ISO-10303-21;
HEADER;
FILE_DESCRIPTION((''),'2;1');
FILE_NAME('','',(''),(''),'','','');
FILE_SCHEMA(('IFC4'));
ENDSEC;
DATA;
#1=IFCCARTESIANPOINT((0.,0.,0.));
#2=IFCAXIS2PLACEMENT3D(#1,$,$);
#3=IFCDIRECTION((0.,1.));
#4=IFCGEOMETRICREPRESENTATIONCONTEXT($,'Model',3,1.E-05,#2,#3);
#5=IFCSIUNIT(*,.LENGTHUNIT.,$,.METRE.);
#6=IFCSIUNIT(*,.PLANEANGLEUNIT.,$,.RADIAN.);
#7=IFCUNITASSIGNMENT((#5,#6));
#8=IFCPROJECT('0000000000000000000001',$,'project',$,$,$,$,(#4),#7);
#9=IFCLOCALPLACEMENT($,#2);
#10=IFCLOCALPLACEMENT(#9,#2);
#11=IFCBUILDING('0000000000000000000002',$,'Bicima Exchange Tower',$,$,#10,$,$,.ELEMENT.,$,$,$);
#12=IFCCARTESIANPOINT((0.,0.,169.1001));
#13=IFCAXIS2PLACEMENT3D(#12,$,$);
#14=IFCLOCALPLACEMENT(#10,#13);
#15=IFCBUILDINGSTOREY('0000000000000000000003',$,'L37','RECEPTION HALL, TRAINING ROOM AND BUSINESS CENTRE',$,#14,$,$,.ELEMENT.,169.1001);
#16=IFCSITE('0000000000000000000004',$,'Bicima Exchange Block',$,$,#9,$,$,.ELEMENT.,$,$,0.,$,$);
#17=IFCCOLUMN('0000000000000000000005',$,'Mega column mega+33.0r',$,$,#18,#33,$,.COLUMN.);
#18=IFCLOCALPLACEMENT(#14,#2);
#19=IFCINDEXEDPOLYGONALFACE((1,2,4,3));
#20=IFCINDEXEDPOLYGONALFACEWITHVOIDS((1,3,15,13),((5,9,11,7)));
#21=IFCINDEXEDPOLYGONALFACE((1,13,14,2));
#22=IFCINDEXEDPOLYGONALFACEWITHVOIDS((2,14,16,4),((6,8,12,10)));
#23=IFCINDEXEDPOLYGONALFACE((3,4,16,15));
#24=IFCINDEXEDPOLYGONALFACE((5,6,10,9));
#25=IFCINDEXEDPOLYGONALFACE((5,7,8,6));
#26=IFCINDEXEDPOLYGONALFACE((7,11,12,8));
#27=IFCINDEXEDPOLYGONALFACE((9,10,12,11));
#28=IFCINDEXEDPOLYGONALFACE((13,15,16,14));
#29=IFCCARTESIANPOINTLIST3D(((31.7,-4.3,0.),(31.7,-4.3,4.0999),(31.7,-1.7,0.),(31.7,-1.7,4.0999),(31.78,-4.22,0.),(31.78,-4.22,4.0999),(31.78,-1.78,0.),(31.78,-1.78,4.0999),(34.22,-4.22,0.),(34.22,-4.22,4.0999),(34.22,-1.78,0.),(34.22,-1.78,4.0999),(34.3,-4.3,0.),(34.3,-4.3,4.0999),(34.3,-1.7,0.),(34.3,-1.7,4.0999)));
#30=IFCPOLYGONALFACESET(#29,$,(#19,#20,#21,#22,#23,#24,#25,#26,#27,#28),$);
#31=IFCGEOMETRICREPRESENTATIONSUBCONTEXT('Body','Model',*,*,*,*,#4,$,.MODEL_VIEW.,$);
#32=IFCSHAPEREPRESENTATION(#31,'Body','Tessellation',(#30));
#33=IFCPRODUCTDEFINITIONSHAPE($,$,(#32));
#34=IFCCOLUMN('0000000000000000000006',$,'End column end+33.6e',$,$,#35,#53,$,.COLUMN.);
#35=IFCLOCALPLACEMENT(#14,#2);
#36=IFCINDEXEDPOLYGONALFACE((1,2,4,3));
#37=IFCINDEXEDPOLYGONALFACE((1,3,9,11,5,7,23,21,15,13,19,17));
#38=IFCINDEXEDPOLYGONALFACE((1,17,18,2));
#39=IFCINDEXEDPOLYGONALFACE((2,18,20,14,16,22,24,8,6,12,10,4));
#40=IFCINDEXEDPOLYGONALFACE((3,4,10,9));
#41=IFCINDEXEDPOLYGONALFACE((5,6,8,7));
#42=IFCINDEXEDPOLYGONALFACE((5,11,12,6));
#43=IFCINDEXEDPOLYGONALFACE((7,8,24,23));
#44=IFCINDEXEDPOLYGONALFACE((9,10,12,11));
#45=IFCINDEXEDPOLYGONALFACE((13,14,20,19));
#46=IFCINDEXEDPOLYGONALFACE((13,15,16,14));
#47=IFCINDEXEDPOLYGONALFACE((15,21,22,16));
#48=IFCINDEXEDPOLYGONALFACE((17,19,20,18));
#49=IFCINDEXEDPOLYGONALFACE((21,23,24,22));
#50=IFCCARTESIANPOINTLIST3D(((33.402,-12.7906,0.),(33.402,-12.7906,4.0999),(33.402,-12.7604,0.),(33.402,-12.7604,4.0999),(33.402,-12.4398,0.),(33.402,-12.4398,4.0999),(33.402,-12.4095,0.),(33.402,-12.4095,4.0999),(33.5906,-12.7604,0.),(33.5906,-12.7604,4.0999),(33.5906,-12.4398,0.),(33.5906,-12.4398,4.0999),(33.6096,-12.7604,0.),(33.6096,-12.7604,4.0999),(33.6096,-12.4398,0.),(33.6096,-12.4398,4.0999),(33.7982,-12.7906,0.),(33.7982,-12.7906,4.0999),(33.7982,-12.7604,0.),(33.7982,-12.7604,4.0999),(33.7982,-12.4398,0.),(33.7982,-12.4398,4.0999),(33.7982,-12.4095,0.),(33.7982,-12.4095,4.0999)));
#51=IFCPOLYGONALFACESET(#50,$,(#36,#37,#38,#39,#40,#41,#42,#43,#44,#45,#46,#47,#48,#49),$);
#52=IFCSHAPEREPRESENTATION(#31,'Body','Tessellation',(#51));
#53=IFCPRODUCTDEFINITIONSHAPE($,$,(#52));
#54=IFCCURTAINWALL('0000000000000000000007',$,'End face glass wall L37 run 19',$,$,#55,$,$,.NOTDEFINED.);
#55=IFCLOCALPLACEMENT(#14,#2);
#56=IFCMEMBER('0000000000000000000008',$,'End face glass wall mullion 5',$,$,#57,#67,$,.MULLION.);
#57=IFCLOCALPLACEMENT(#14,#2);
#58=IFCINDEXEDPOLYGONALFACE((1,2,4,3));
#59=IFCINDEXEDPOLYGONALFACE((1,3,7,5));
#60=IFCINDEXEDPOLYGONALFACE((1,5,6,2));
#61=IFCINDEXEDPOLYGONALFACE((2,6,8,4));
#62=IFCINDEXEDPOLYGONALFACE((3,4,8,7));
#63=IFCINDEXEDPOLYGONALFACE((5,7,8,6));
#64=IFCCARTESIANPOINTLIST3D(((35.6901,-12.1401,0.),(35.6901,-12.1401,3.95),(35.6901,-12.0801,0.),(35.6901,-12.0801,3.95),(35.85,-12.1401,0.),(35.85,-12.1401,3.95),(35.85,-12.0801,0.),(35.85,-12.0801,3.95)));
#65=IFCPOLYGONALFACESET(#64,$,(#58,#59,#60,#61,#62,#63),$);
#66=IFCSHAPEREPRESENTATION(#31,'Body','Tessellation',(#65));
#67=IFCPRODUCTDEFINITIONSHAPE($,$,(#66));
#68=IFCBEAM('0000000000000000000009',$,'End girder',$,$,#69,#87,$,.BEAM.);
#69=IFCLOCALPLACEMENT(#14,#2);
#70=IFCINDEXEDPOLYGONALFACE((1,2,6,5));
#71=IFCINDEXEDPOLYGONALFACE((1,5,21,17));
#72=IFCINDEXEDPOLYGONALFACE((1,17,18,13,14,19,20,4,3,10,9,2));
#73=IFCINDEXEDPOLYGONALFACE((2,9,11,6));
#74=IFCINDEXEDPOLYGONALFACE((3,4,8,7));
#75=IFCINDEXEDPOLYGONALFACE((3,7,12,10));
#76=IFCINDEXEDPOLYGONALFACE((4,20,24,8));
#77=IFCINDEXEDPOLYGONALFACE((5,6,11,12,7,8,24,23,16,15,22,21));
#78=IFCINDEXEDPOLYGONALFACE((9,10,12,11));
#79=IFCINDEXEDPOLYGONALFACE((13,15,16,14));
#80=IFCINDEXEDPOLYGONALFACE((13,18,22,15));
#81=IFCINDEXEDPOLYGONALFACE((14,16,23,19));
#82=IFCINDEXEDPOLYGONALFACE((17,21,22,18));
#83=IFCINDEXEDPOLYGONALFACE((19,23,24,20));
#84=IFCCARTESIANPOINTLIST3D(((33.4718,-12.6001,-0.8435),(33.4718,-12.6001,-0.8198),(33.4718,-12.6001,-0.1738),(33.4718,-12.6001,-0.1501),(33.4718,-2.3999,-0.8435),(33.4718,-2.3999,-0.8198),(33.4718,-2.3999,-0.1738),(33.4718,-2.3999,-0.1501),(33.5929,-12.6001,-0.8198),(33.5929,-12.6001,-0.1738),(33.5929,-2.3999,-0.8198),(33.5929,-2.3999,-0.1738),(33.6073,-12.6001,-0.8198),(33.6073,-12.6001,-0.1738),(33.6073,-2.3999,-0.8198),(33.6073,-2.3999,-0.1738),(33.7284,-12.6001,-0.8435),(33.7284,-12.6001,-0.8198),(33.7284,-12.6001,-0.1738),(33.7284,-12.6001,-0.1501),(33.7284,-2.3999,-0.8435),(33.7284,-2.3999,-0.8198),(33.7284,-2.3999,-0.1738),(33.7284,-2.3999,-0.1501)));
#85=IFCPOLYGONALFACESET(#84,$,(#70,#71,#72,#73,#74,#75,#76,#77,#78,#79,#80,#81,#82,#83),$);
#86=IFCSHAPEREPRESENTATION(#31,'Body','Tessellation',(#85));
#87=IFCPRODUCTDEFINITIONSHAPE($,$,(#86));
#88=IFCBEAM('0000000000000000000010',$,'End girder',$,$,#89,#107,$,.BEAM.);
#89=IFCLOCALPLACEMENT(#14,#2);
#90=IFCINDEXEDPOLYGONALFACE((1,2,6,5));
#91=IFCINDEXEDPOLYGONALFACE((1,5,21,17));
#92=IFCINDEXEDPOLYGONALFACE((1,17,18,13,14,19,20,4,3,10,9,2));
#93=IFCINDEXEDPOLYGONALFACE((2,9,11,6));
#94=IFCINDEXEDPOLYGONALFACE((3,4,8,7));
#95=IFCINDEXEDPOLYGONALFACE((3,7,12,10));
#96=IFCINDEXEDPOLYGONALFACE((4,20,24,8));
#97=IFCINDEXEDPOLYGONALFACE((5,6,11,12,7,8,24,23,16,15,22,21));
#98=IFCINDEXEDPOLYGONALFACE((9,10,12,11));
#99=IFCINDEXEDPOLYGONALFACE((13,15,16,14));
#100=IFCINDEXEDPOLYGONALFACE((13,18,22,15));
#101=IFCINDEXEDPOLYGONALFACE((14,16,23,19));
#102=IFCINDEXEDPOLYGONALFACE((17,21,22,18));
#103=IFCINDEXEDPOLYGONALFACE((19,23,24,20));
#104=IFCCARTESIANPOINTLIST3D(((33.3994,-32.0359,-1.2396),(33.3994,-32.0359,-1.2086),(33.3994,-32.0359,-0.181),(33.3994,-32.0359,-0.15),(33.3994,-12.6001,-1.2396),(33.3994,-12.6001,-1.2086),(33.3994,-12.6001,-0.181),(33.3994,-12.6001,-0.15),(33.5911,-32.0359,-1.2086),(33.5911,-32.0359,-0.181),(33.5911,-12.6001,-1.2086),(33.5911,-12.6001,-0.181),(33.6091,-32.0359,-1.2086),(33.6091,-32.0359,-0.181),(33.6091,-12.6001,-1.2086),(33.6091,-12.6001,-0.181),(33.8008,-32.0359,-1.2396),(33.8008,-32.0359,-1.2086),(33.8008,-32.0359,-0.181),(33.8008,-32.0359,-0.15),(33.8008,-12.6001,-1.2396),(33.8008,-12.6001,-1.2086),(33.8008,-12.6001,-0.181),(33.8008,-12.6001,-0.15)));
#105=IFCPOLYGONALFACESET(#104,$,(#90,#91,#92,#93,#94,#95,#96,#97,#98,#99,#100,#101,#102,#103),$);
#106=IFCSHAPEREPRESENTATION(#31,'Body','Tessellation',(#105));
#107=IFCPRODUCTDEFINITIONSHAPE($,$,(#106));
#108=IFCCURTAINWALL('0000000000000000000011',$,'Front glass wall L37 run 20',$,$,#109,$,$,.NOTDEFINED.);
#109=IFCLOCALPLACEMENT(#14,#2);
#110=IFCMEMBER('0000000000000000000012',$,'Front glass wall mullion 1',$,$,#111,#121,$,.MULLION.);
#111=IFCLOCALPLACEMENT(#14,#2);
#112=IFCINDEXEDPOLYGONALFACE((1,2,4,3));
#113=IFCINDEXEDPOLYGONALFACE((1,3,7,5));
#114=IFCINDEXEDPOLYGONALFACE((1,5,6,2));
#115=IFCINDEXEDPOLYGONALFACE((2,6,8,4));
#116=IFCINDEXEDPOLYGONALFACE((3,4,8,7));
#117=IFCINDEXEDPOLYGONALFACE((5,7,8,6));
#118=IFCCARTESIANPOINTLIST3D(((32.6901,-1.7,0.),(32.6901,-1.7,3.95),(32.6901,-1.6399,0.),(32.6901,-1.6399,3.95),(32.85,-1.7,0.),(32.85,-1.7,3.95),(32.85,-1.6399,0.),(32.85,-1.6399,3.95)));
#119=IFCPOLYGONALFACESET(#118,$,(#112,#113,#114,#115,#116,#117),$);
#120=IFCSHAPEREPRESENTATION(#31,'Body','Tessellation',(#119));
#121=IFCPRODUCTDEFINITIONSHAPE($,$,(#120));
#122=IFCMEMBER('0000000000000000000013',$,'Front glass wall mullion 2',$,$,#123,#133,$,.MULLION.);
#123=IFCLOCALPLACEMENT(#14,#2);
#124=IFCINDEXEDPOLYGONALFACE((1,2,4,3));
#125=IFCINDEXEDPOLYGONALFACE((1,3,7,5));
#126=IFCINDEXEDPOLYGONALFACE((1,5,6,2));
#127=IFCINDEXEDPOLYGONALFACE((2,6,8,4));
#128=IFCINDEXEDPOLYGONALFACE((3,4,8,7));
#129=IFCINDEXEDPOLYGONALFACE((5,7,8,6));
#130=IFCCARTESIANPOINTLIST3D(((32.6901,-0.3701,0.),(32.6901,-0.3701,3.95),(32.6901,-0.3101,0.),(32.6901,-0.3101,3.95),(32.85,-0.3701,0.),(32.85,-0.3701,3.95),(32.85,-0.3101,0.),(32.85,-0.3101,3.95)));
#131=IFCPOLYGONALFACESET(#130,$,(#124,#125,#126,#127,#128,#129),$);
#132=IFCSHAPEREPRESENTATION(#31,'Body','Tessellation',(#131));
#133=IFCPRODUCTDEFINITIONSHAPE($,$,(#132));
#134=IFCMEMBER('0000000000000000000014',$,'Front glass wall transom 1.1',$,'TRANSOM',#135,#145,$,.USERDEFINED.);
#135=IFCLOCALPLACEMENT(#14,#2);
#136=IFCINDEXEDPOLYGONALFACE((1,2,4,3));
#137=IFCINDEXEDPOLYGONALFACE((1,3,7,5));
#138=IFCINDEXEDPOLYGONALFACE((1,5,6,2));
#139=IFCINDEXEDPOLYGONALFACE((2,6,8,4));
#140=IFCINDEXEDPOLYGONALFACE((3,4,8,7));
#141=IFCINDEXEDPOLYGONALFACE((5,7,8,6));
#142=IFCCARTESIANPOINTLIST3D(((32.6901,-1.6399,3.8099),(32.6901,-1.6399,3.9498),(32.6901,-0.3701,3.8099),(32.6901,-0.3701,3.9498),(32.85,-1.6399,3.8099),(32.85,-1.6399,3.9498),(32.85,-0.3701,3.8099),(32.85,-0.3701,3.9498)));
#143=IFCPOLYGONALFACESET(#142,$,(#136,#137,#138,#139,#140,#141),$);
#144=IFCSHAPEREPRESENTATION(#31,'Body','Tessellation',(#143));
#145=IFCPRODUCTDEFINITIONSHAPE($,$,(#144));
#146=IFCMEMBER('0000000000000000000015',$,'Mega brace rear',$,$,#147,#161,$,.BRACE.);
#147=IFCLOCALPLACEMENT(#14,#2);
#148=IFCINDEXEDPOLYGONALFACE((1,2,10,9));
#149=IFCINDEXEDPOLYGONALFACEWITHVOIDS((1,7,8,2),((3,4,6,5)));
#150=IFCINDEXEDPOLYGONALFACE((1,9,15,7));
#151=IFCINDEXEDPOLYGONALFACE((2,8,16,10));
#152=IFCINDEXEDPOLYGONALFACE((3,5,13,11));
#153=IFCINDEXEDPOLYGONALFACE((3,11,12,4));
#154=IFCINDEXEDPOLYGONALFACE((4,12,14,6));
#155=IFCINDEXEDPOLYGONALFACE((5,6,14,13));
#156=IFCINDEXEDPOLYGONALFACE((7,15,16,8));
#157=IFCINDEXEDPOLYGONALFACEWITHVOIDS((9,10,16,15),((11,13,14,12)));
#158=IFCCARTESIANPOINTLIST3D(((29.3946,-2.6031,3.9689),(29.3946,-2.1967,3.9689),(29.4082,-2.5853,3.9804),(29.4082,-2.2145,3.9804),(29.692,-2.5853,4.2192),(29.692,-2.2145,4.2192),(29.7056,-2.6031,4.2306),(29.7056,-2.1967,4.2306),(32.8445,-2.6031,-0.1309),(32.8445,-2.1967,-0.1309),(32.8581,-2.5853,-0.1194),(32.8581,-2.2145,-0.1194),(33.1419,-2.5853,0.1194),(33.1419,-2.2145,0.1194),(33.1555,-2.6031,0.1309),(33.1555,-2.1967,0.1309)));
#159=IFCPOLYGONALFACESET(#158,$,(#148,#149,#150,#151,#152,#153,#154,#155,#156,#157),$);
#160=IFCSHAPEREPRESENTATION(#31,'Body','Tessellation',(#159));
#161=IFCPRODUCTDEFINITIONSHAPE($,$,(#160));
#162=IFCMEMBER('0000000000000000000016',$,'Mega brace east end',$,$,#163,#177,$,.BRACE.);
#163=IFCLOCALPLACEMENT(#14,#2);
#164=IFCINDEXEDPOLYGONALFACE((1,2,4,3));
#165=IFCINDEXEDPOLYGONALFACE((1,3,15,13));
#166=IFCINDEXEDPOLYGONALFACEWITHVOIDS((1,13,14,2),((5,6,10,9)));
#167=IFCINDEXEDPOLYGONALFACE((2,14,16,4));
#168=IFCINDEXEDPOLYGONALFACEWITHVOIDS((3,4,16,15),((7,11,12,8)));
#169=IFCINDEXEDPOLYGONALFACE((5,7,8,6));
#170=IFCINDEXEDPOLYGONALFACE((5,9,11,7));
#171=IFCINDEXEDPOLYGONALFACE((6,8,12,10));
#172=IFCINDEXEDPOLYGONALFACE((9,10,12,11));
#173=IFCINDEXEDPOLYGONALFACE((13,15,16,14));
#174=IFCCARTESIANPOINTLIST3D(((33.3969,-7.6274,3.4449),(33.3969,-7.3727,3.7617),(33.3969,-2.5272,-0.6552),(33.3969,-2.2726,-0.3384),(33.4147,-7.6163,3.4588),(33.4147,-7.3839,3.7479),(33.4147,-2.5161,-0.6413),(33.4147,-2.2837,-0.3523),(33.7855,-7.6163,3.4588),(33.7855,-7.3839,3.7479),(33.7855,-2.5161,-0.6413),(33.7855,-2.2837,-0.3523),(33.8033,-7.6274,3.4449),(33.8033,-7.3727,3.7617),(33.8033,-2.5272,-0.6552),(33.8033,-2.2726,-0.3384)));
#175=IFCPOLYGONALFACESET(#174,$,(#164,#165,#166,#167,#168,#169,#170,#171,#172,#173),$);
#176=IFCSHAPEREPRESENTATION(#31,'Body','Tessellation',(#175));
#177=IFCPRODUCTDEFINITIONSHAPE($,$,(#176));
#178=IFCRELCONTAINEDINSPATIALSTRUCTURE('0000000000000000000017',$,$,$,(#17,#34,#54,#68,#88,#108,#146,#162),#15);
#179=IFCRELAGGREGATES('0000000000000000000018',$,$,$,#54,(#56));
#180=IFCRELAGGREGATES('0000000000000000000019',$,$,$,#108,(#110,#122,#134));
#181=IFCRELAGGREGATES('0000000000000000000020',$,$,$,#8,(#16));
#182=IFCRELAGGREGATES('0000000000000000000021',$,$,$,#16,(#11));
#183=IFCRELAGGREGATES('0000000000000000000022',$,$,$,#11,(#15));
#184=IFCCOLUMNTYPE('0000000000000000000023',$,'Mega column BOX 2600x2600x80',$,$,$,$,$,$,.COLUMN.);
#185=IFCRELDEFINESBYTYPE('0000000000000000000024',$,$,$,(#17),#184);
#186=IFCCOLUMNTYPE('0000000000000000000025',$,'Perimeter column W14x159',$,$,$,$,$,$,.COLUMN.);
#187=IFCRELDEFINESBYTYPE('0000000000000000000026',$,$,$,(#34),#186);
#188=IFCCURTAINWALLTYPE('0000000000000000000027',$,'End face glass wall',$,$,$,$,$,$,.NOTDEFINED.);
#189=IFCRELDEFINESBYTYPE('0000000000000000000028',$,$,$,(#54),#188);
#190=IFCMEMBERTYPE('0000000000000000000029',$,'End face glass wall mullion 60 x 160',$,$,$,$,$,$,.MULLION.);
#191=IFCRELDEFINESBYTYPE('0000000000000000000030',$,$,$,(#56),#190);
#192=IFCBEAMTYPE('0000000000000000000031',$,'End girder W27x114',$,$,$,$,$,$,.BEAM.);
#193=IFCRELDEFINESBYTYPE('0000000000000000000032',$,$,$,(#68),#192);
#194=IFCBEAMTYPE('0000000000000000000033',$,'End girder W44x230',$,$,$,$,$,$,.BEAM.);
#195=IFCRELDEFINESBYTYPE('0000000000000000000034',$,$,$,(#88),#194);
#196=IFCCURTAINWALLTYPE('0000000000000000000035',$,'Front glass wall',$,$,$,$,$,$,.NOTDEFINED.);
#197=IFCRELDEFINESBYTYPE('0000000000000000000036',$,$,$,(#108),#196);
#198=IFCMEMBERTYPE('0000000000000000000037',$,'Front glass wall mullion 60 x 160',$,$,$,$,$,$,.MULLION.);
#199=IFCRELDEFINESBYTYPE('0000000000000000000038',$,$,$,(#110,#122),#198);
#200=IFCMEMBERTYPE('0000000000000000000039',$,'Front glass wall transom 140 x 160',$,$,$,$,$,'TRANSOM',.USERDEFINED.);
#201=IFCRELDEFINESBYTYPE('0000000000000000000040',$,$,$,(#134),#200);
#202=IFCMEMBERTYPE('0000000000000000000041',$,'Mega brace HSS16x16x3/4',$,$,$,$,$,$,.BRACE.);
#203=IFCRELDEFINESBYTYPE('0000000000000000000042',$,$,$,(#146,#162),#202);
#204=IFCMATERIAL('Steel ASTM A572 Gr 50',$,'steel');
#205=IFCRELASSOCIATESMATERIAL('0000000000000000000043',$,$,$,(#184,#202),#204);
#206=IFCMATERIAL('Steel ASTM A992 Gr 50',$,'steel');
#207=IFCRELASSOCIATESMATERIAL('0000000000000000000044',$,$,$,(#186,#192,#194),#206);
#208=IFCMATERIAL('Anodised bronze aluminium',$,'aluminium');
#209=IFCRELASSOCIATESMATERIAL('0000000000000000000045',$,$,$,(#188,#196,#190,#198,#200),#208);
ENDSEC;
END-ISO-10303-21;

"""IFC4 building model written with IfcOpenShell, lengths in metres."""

from ifc_helpers import new_model, si_unit, direction, frame, origin, origin_2d, place, context, subcontext, project, spatial, rectangle, hollow_rectangle, i_section, extrude, material, material_profile, profile_set, type_object, element, aggregate, save


model = new_model("IFC4")

# Units and contexts
model_context = context("Model", 3, precision=1e-05, world=origin(), true_north=direction((0.0, 1.0)))
body_context = subcontext(model_context, "Body", "Model", "MODEL_VIEW")
ifc_project = project(units=[si_unit("LENGTHUNIT", "METRE"), si_unit("PLANEANGLEUNIT", "RADIAN")], contexts=[model_context])

# Site, building, storey
site_placement = place(None, origin())
site = spatial("IfcSite", under=ifc_project, at=site_placement, Name="Bicima Exchange Block", CompositionType="ELEMENT", RefElevation=0.0)
building_placement = place(site_placement, origin())
building = spatial("IfcBuilding", under=site, at=building_placement, Name="Bicima Exchange Tower", CompositionType="ELEMENT")
storey_placement = place(building_placement, frame((0.0, 0.0, 169.1001)))
storey = spatial("IfcBuildingStorey", under=building, at=storey_placement, Name="L37", Description="RECEPTION HALL, TRAINING ROOM AND BUSINESS CENTRE", CompositionType="ELEMENT", Elevation=169.1001)

# Columns
ifc_material_1 = material(Name="Steel ASTM A572 Gr 50", Category="steel")
ifc_material_profile_1 = material_profile(ifc_material_1, hollow_rectangle(XDim=2.6001, YDim=2.6001, WallThickness=0.0801, at=origin_2d()))
ifc_profile_set_1 = profile_set([ifc_material_profile_1], Name="Steel ASTM A572 Gr 50")
column_type_1 = type_object("IfcColumnType", Name="Mega column BOX 2600x2600x80", PredefinedType="COLUMN", material=ifc_profile_set_1)
column_1_placement = place(storey_placement, frame((33.0, -3.0, 0.0), z_axis=(0.0, 0.0, 1.0), x_axis=(1.0, 0.0, 0.0)))
element("IfcColumn", 1, at=column_1_placement, inside=storey, type_object=column_type_1, Name="Mega column mega+33.0r", PredefinedType="COLUMN", context=body_context, shape_type="SweptSolid", body=[
    extrude(hollow_rectangle(XDim=2.6001, YDim=2.6001, WallThickness=0.0801, at=origin_2d()), origin(), (0.0, 0.0, 1.0), 4.0999),
])
ifc_material_2 = material(Name="Steel ASTM A992 Gr 50", Category="steel")
ifc_material_profile_2 = material_profile(ifc_material_2, i_section(OverallWidth=0.3962, OverallDepth=0.3811, WebThickness=0.019, FlangeThickness=0.0303, at=origin_2d()))
ifc_profile_set_2 = profile_set([ifc_material_profile_2], Name="Steel ASTM A992 Gr 50")
column_type_2 = type_object("IfcColumnType", Name="Perimeter column W14x159", PredefinedType="COLUMN", material=ifc_profile_set_2)
column_2_placement = place(storey_placement, frame((33.6001, -12.6001, 0.0), z_axis=(0.0, 0.0, 1.0), x_axis=(1.0, 0.0, 0.0)))
element("IfcColumn", 2, at=column_2_placement, inside=storey, type_object=column_type_2, Name="End column end+33.6e", PredefinedType="COLUMN", context=body_context, shape_type="SweptSolid", body=[
    extrude(i_section(OverallWidth=0.3962, OverallDepth=0.3811, WebThickness=0.019, FlangeThickness=0.0303, at=origin_2d()), origin(), (0.0, 0.0, 1.0), 4.0999),
])

# Curtain wall, member
ifc_material_3 = material(Name="Anodised bronze aluminium", Category="aluminium")
curtain_wall_type_1 = type_object("IfcCurtainWallType", Name="End face glass wall", PredefinedType="NOTDEFINED", material=ifc_material_3)
curtain_wall_1_placement = place(storey_placement, origin())
curtain_wall_1 = element("IfcCurtainWall", 3, at=curtain_wall_1_placement, inside=storey, type_object=curtain_wall_type_1, Name="End face glass wall L37 run 19", PredefinedType="NOTDEFINED")
ifc_material_profile_3 = material_profile(ifc_material_3, rectangle(XDim=0.1599, YDim=0.0601, at=origin_2d()))
ifc_profile_set_3 = profile_set([ifc_material_profile_3], Name="Anodised bronze aluminium")
member_type_1 = type_object("IfcMemberType", Name="End face glass wall mullion 60 x 160", PredefinedType="MULLION", material=ifc_profile_set_3)
member_1_placement = place(storey_placement, frame((35.77, -12.1101, 0.0), z_axis=(0.0, 0.0, 1.0), x_axis=(-1.0, 0.0, 0.0)))
member_1 = element("IfcMember", 4, at=member_1_placement, type_object=member_type_1, Name="End face glass wall mullion 5", PredefinedType="MULLION", context=body_context, shape_type="SweptSolid", body=[
    extrude(rectangle(XDim=0.1599, YDim=0.0601, at=origin_2d()), origin(), (0.0, 0.0, 1.0), 3.95),
])
aggregate(curtain_wall_1, [member_1])

# Beams
ifc_material_profile_4 = material_profile(ifc_material_2, i_section(OverallWidth=0.2566, OverallDepth=0.6934, WebThickness=0.0144, FlangeThickness=0.0237, at=origin_2d()))
ifc_profile_set_4 = profile_set([ifc_material_profile_4], Name="Steel ASTM A992 Gr 50")
beam_type_1 = type_object("IfcBeamType", Name="End girder W27x114", PredefinedType="BEAM", material=ifc_profile_set_4)
beam_1_placement = place(storey_placement, frame((33.6001, -2.3999, -0.4968), z_axis=(0.0, -1.0, 0.0), x_axis=(1.0, 0.0, 0.0)))
element("IfcBeam", 5, at=beam_1_placement, inside=storey, type_object=beam_type_1, Name="End girder", PredefinedType="BEAM", context=body_context, shape_type="SweptSolid", body=[
    extrude(i_section(OverallWidth=0.2566, OverallDepth=0.6934, WebThickness=0.0144, FlangeThickness=0.0237, at=origin_2d()), origin(), (0.0, 0.0, 1.0), 10.2002),
])
ifc_material_profile_5 = material_profile(ifc_material_2, i_section(OverallWidth=0.4014, OverallDepth=1.0896, WebThickness=0.0181, FlangeThickness=0.031, at=origin_2d()))
ifc_profile_set_5 = profile_set([ifc_material_profile_5], Name="Steel ASTM A992 Gr 50")
beam_type_2 = type_object("IfcBeamType", Name="End girder W44x230", PredefinedType="BEAM", material=ifc_profile_set_5)
beam_2_placement = place(storey_placement, frame((33.6001, -12.6001, -0.6948), z_axis=(0.0, -1.0, 0.0), x_axis=(1.0, 0.0, 0.0)))
element("IfcBeam", 6, at=beam_2_placement, inside=storey, type_object=beam_type_2, Name="End girder", PredefinedType="BEAM", context=body_context, shape_type="SweptSolid", body=[
    extrude(i_section(OverallWidth=0.4014, OverallDepth=1.0896, WebThickness=0.0181, FlangeThickness=0.031, at=origin_2d()), origin(), (0.0, 0.0, 1.0), 19.4358),
])

# Curtain wall, members
curtain_wall_type_2 = type_object("IfcCurtainWallType", Name="Front glass wall", PredefinedType="NOTDEFINED", material=ifc_material_3)
curtain_wall_2_placement = place(storey_placement, origin())
curtain_wall_2 = element("IfcCurtainWall", 7, at=curtain_wall_2_placement, inside=storey, type_object=curtain_wall_type_2, Name="Front glass wall L37 run 20", PredefinedType="NOTDEFINED")
member_type_2 = type_object("IfcMemberType", Name="Front glass wall mullion 60 x 160", PredefinedType="MULLION", material=ifc_profile_set_3)
member_2_placement = place(storey_placement, frame((32.77, -1.6699, 0.0), z_axis=(0.0, 0.0, 1.0), x_axis=(-1.0, 0.0, 0.0)))
member_2 = element("IfcMember", 8, at=member_2_placement, type_object=member_type_2, Name="Front glass wall mullion 1", PredefinedType="MULLION", context=body_context, shape_type="SweptSolid", body=[
    extrude(rectangle(XDim=0.1599, YDim=0.0601, at=origin_2d()), origin(), (0.0, 0.0, 1.0), 3.95),
])
member_3_placement = place(storey_placement, frame((32.77, -0.3401, 0.0), z_axis=(0.0, 0.0, 1.0), x_axis=(-1.0, 0.0, 0.0)))
member_3 = element("IfcMember", 9, at=member_3_placement, type_object=member_type_2, Name="Front glass wall mullion 2", PredefinedType="MULLION", context=body_context, shape_type="SweptSolid", body=[
    extrude(rectangle(XDim=0.1599, YDim=0.0601, at=origin_2d()), origin(), (0.0, 0.0, 1.0), 3.95),
])
ifc_material_profile_6 = material_profile(ifc_material_3, rectangle(XDim=0.1599, YDim=0.1399, at=origin_2d()))
ifc_profile_set_6 = profile_set([ifc_material_profile_6], Name="Anodised bronze aluminium")
member_type_3 = type_object("IfcMemberType", Name="Front glass wall transom 140 x 160", ElementType="TRANSOM", PredefinedType="USERDEFINED", material=ifc_profile_set_6)
member_4_placement = place(storey_placement, frame((32.77, -1.6399, 3.8799), z_axis=(0.0, 1.0, 0.0), x_axis=(-1.0, 0.0, 0.0)))
member_4 = element("IfcMember", 10, at=member_4_placement, type_object=member_type_3, Name="Front glass wall transom 1.1", ObjectType="TRANSOM", PredefinedType="USERDEFINED", context=body_context, shape_type="SweptSolid", body=[
    extrude(rectangle(XDim=0.1599, YDim=0.1399, at=origin_2d()), origin(), (0.0, 0.0, 1.0), 1.2698),
])

# Members
ifc_material_profile_7 = material_profile(ifc_material_1, hollow_rectangle(XDim=0.4065, YDim=0.4065, WallThickness=0.0178, at=origin_2d()))
ifc_profile_set_7 = profile_set([ifc_material_profile_7], Name="Steel ASTM A572 Gr 50")
member_type_4 = type_object("IfcMemberType", Name="Mega brace HSS16x16x3/4", PredefinedType="BRACE", material=ifc_profile_set_7)
member_5_placement = place(storey_placement, frame((33.0, -2.3999, 0.0), z_axis=(-0.643856, 0.0, 0.765146), x_axis=(0.0, -1.0, 0.0)))
element("IfcMember", 11, at=member_5_placement, inside=storey, type_object=member_type_4, Name="Mega brace rear", PredefinedType="BRACE", context=body_context, shape_type="SweptSolid", body=[
    extrude(hollow_rectangle(XDim=0.4065, YDim=0.4065, WallThickness=0.0178, at=origin_2d()), origin(), (0.0, 0.0, 1.0), 5.3582),
])
for number, where, z_axis, x_axis, name in (
    (12, (33.6001, -2.3999, -0.4968), (0.0, -0.779374, 0.626559), (1.0, 0.0, 0.0), "Mega brace east end"),
):
    element("IfcMember", number, at=place(storey_placement, frame(where, z_axis=z_axis, x_axis=x_axis)), inside=storey, type_object=member_type_4, Name=name, PredefinedType="BRACE", context=body_context, shape_type="SweptSolid", body=[
        extrude(hollow_rectangle(XDim=0.4065, YDim=0.4065, WallThickness=0.0178, at=origin_2d()), origin(), (0.0, 0.0, 1.0), 6.5439),
    ])

aggregate(curtain_wall_2, [member_2, member_3, member_4])

save(model, "model.ifc")
